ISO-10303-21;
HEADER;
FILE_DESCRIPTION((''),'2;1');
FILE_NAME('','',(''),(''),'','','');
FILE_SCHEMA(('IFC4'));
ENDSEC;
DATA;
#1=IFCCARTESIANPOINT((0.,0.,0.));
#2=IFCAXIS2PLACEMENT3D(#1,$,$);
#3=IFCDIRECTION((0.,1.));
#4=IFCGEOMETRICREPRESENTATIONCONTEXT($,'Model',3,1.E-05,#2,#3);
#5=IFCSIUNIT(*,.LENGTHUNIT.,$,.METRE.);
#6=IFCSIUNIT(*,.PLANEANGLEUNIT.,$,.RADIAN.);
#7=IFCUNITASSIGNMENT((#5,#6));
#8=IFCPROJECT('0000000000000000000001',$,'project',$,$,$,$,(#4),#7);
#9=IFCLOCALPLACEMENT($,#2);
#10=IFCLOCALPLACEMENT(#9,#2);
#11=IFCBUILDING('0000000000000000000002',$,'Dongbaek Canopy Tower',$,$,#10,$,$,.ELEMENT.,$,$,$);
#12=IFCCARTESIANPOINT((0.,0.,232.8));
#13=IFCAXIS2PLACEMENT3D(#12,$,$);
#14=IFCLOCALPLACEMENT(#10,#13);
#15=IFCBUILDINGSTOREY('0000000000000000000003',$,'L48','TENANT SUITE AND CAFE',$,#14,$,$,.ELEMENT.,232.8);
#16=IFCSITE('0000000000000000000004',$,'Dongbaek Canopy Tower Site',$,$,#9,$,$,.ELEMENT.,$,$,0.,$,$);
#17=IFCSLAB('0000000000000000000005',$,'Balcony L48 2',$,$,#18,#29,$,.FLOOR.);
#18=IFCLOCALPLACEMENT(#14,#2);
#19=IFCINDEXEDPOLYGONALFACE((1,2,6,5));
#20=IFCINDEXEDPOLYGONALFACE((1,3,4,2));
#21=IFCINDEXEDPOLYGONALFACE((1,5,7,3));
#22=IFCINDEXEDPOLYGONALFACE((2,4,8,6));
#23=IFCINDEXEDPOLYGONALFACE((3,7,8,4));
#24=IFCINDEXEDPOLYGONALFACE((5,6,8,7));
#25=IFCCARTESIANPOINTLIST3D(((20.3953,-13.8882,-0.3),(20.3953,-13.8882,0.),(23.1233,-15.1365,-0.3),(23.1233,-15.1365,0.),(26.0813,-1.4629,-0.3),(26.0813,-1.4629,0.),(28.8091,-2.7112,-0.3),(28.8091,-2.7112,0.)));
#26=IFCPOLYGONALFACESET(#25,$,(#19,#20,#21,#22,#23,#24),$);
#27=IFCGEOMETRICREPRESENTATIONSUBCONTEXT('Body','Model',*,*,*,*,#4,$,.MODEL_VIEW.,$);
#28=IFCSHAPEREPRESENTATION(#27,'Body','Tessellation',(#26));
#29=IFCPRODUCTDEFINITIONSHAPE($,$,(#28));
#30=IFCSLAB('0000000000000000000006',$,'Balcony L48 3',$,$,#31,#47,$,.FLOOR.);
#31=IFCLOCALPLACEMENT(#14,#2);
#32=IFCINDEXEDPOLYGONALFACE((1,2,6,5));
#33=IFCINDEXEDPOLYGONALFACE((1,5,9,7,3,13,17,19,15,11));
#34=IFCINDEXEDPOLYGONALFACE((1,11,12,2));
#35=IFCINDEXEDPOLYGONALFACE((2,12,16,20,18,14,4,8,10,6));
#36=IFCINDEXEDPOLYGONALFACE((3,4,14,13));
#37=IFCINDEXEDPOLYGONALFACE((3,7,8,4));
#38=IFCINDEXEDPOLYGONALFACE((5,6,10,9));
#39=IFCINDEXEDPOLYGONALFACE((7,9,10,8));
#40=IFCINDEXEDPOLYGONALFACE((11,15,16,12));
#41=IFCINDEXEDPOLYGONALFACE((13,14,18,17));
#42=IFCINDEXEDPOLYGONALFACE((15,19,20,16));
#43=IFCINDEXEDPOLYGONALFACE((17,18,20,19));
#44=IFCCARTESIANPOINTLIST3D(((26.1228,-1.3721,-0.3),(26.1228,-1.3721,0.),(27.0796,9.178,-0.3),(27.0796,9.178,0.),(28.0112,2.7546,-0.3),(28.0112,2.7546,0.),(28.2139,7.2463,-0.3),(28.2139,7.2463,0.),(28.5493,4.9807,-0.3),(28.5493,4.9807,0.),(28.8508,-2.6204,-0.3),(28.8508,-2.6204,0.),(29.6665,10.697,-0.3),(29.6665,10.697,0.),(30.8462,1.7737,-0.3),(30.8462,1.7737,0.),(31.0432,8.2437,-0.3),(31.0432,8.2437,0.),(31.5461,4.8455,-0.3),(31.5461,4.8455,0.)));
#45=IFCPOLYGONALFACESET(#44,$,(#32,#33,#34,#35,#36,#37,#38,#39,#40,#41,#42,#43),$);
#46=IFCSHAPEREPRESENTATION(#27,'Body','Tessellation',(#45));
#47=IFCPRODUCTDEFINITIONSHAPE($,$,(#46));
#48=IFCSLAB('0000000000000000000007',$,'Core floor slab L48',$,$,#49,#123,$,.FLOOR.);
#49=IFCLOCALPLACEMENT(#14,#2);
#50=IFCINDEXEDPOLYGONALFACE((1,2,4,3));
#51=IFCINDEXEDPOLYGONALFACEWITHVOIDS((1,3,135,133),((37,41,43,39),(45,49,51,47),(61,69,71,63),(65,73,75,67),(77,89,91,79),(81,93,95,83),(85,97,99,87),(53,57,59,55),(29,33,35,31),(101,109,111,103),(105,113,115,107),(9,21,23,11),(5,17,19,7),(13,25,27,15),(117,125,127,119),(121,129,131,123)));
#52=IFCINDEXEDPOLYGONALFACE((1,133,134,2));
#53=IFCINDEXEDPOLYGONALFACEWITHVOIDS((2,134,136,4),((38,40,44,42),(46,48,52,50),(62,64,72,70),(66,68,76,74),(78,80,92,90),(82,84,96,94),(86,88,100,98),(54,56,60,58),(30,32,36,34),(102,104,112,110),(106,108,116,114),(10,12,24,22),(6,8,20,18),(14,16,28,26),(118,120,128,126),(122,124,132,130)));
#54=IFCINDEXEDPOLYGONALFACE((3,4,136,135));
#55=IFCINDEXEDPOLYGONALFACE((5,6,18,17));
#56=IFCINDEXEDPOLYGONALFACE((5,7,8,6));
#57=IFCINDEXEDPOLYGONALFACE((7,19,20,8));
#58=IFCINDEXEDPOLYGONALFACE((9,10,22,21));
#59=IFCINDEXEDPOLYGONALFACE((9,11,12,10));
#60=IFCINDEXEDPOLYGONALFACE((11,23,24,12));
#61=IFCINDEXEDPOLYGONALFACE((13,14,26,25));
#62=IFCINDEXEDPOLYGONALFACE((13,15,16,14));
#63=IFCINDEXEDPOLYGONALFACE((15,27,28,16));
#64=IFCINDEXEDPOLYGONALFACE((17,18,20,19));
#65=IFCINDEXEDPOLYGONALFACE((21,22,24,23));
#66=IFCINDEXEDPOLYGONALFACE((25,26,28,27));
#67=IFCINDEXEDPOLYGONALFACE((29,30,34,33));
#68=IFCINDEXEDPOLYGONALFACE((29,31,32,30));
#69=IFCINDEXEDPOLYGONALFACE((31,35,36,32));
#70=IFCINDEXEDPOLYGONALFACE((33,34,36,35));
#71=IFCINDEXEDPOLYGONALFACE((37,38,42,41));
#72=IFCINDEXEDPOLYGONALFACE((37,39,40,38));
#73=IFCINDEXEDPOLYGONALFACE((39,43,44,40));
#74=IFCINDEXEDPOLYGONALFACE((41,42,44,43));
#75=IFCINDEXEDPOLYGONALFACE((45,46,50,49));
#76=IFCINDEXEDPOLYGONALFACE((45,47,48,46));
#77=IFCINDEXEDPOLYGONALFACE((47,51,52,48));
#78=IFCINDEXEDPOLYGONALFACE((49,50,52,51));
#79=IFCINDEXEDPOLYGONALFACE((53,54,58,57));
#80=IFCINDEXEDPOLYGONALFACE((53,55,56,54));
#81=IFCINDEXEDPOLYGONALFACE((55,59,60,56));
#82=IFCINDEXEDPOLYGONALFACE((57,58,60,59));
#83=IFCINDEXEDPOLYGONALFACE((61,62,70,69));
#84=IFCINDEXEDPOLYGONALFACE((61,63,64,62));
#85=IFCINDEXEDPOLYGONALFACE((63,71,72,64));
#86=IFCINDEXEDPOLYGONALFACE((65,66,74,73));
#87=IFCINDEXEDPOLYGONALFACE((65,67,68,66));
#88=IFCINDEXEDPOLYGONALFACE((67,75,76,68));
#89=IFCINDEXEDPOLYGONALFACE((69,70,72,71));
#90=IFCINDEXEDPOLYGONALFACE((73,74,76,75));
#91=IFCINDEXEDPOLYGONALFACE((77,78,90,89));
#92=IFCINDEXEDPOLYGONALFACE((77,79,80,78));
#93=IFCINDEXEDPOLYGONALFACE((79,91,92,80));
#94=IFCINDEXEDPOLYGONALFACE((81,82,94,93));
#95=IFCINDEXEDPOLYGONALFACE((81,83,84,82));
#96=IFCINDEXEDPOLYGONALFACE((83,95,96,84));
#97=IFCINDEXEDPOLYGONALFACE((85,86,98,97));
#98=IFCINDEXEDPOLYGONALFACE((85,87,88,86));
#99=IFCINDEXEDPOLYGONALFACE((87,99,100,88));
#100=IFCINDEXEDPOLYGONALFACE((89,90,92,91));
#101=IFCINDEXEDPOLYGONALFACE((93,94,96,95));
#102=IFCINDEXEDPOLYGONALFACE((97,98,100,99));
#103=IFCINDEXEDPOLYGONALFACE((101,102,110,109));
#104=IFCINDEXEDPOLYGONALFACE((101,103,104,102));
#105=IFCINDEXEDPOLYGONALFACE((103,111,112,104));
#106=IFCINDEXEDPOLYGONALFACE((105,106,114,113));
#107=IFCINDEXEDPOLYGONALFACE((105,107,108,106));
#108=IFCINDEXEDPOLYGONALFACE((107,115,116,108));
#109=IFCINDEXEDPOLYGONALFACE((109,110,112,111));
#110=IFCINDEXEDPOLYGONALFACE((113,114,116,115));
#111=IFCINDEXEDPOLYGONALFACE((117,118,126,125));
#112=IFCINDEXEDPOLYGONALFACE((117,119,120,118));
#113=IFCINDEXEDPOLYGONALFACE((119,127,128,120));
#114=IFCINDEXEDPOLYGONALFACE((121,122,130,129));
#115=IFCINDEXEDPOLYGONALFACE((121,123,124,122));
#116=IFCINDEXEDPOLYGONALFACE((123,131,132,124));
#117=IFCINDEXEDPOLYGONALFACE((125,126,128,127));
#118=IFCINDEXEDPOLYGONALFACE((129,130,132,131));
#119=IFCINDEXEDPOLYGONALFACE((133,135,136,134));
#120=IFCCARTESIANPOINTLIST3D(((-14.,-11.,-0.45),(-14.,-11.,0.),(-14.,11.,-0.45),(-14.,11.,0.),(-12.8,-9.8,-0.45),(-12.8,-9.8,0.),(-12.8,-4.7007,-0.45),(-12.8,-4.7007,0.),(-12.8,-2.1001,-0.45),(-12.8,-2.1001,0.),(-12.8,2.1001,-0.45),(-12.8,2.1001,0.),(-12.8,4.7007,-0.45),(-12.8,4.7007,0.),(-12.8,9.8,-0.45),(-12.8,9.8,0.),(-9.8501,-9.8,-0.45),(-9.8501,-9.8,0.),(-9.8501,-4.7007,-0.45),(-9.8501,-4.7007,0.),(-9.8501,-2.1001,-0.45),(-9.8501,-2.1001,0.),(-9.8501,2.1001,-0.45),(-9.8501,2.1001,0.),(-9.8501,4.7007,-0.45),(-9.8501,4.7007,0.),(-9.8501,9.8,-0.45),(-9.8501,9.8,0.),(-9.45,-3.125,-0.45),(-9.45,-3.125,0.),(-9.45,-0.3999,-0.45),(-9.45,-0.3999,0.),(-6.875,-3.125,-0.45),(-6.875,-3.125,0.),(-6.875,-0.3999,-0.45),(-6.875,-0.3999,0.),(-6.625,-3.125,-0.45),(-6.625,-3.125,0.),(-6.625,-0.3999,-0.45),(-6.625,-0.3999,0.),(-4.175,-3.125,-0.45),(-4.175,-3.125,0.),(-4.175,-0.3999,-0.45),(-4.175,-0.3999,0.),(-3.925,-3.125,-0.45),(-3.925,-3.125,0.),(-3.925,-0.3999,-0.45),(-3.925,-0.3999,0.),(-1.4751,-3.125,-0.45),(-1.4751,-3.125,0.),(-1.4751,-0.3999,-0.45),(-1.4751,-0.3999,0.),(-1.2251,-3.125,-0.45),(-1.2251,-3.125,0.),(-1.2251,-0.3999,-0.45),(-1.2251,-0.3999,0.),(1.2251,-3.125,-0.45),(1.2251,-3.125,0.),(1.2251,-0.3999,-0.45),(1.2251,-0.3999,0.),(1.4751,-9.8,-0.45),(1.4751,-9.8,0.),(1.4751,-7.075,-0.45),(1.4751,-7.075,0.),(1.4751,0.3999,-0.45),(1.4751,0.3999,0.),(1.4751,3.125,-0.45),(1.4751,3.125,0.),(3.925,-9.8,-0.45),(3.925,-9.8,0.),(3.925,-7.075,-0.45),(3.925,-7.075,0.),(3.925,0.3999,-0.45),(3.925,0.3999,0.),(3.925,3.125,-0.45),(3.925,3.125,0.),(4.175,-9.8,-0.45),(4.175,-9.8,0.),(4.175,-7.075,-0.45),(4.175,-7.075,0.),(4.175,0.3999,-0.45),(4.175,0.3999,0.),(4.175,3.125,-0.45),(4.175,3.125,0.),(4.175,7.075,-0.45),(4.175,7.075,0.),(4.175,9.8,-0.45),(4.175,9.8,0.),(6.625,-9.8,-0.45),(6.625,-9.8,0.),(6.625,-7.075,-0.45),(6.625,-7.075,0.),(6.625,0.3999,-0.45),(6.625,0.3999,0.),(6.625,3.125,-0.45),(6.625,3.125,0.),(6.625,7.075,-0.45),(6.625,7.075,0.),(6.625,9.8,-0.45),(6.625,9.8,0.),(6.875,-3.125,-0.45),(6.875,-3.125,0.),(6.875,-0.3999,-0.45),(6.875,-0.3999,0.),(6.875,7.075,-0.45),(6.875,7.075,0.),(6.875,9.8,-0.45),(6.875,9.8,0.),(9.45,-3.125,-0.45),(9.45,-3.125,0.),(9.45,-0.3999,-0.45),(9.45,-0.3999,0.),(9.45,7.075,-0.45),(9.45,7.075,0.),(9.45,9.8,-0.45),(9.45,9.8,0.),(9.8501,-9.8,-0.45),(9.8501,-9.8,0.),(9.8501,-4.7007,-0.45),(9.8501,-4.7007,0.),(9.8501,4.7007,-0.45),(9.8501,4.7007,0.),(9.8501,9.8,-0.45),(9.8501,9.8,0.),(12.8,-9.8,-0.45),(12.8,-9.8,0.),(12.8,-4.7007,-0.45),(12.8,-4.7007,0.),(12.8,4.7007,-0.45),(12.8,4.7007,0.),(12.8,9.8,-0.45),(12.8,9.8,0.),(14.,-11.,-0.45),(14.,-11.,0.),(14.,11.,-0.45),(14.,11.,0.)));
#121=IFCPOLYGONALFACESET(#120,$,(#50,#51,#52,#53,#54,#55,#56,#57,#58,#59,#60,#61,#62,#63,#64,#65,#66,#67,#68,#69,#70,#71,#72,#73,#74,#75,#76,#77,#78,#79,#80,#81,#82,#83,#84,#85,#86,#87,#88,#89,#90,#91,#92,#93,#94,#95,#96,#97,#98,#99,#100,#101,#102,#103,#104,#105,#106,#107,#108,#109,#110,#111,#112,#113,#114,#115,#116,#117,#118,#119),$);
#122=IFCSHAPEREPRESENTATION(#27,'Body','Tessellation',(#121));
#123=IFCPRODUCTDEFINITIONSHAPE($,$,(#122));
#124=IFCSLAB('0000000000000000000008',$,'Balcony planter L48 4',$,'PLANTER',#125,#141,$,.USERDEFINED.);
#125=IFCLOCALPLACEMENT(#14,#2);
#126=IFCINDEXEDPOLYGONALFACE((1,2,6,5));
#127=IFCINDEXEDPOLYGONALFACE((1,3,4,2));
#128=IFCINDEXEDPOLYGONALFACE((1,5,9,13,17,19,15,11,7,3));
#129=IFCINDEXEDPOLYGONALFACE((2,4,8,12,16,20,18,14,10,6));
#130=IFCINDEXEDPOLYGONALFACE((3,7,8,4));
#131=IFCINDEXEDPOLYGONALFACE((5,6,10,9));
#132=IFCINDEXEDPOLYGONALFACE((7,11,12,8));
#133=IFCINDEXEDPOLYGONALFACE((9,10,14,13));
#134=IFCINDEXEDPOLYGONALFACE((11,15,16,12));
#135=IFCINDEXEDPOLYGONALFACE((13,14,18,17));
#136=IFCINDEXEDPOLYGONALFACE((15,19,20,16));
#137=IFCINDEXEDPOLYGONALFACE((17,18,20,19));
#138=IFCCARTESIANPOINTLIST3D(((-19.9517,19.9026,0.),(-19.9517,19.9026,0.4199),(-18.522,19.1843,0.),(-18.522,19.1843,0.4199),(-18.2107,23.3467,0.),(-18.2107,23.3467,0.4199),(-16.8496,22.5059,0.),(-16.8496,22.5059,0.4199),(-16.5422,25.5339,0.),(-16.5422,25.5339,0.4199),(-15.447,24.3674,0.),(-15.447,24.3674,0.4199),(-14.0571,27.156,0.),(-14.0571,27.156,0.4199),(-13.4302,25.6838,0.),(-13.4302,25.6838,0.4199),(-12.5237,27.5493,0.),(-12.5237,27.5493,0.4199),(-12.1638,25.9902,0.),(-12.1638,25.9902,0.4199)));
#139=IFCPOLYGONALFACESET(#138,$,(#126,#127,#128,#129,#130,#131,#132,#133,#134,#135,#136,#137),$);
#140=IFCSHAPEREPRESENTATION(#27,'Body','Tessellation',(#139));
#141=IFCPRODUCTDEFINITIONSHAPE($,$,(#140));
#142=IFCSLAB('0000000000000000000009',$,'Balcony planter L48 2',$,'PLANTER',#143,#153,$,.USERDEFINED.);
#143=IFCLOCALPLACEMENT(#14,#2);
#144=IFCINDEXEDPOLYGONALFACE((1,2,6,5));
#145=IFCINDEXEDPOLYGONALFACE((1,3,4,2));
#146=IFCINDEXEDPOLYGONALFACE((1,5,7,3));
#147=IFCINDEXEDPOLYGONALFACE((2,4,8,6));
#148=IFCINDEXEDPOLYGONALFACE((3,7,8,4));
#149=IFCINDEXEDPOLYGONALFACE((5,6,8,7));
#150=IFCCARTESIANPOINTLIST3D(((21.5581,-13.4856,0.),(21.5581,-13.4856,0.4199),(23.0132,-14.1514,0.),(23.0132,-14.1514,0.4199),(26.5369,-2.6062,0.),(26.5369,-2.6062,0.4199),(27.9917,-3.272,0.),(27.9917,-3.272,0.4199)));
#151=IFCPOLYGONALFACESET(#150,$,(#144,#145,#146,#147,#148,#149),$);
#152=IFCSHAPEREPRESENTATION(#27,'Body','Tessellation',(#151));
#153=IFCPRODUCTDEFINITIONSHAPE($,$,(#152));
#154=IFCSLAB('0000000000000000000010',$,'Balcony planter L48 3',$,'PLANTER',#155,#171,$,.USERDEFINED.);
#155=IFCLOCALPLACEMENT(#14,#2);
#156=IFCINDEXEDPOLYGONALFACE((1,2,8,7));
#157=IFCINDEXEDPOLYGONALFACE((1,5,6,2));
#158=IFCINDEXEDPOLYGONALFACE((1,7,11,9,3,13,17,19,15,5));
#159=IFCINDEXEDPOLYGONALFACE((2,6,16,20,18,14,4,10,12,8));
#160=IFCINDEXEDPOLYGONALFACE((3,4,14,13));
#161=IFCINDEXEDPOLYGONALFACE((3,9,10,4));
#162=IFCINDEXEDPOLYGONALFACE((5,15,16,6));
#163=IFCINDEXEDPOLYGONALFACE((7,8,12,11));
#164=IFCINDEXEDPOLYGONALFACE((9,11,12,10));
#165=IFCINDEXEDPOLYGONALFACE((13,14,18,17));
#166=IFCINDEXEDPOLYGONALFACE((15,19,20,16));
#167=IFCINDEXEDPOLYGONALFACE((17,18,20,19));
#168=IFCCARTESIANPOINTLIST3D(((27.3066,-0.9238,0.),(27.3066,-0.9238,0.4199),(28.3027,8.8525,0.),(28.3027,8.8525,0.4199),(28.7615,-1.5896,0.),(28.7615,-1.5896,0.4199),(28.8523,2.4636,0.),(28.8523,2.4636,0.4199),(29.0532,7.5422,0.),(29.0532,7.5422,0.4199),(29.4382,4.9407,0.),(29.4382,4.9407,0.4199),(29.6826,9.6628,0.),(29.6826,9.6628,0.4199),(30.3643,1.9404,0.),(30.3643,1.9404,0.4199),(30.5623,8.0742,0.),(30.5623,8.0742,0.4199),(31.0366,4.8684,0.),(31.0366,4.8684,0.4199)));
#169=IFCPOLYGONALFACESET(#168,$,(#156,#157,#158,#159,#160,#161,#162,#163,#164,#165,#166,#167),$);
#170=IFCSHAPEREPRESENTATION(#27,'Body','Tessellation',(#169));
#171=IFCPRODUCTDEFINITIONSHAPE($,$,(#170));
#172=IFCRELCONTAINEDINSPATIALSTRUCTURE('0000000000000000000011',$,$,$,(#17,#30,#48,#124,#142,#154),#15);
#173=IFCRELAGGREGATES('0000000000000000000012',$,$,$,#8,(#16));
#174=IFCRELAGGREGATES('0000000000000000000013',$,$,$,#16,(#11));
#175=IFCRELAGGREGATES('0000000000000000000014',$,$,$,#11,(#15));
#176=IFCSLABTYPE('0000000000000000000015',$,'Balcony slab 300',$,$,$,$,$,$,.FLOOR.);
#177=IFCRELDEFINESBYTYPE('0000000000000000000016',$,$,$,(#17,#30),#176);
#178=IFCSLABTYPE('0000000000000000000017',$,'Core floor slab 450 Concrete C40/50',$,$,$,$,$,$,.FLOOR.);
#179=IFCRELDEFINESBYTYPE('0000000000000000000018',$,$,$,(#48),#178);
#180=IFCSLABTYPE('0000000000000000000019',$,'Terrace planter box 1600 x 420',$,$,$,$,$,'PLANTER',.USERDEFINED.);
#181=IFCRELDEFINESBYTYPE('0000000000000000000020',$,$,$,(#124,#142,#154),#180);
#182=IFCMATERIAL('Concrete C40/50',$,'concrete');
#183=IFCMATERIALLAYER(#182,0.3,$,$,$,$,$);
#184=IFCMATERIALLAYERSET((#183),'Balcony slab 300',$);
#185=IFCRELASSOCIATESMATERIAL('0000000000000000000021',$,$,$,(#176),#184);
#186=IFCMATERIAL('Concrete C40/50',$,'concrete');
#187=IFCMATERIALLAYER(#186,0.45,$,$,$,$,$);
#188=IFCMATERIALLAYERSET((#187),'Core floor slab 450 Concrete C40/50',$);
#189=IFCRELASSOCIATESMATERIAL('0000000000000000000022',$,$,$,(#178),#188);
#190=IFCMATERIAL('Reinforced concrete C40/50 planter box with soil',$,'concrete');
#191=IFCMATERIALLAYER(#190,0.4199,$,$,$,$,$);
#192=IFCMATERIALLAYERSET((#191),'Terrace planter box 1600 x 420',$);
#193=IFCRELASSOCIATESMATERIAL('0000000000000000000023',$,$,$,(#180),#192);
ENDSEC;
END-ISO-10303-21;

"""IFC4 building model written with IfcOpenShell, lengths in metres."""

from ifc_helpers import new_model, si_unit, direction, frame, origin, place, context, subcontext, project, spatial, polyline, outline, extrude, material, layer, layer_set, type_object, element, save


model = new_model("IFC4")

# Units and contexts
model_context = context("Model", 3, precision=1e-05, world=origin(), true_north=direction((0.0, 1.0)))
body_context = subcontext(model_context, "Body", "Model", "MODEL_VIEW")
ifc_project = project(units=[si_unit("LENGTHUNIT", "METRE"), si_unit("PLANEANGLEUNIT", "RADIAN")], contexts=[model_context])

# Site, building, storey
site_placement = place(None, origin())
site = spatial("IfcSite", under=ifc_project, at=site_placement, Name="Dongbaek Canopy Tower Site", CompositionType="ELEMENT", RefElevation=0.0)
building_placement = place(site_placement, origin())
building = spatial("IfcBuilding", under=site, at=building_placement, Name="Dongbaek Canopy Tower", CompositionType="ELEMENT")
storey_placement = place(building_placement, frame((0.0, 0.0, 232.8)))
storey = spatial("IfcBuildingStorey", under=building, at=storey_placement, Name="L48", Description="TENANT SUITE AND CAFE", CompositionType="ELEMENT", Elevation=232.8)

# Slabs
ifc_material_1 = material(Name="Concrete C40/50", Category="concrete")
ifc_layer_1 = layer(ifc_material_1, 0.3)
ifc_layer_set_1 = layer_set([ifc_layer_1], Name="Balcony slab 300")
slab_type_1 = type_object("IfcSlabType", Name="Balcony slab 300", PredefinedType="FLOOR", material=ifc_layer_set_1)
slab_1_placement = place(storey_placement, frame((0.0, 0.0, -0.3)))
element("IfcSlab", 1, at=slab_1_placement, inside=storey, type_object=slab_type_1, Name="Balcony L48 2", PredefinedType="FLOOR", context=body_context, shape_type="SweptSolid", body=[
    extrude(outline(polyline([(20.3953, -13.8882), (26.0813, -1.4629), (28.8091, -2.7112), (23.1233, -15.1365), (20.3953, -13.8882)])), origin(), (0.0, 0.0, 1.0), 0.3),
])
slab_2_placement = place(storey_placement, frame((0.0, 0.0, -0.3)))
element("IfcSlab", 2, at=slab_2_placement, inside=storey, type_object=slab_type_1, Name="Balcony L48 3", PredefinedType="FLOOR", context=body_context, shape_type="SweptSolid", body=[
    extrude(outline(polyline([(26.1228, -1.3721), (28.0112, 2.7546), (28.5493, 4.9807), (28.2139, 7.2463), (27.0796, 9.178), (29.6665, 10.697), (31.0432, 8.2437), (31.5461, 4.8455), (30.8462, 1.7737), (28.8508, -2.6204), (26.1228, -1.3721)])), origin(), (0.0, 0.0, 1.0), 0.3),
])
ifc_material_2 = material(Name="Concrete C40/50", Category="concrete")
ifc_layer_2 = layer(ifc_material_2, 0.45)
ifc_layer_set_2 = layer_set([ifc_layer_2], Name="Core floor slab 450 Concrete C40/50")
slab_type_2 = type_object("IfcSlabType", Name="Core floor slab 450 Concrete C40/50", PredefinedType="FLOOR", material=ifc_layer_set_2)
slab_3_placement = place(storey_placement, frame((0.0, 0.0, -0.45)))
element("IfcSlab", 3, at=slab_3_placement, inside=storey, type_object=slab_type_2, Name="Core floor slab L48", PredefinedType="FLOOR", context=body_context, shape_type="SweptSolid", body=[
    extrude(outline(polyline([(14.0, -11.0), (14.0, 11.0), (-14.0, 11.0), (-14.0, -11.0), (14.0, -11.0)]), holes=[polyline([(-12.8, 2.1001), (-9.8501, 2.1001), (-9.8501, -2.1001), (-12.8, -2.1001), (-12.8, 2.1001)]), polyline([(6.625, 9.8), (6.625, 7.075), (4.175, 7.075), (4.175, 9.8), (6.625, 9.8)]), polyline([(9.45, 7.075), (6.875, 7.075), (6.875, 9.8), (9.45, 9.8), (9.45, 7.075)]), polyline([(3.925, 3.125), (3.925, 0.3999), (1.4751, 0.3999), (1.4751, 3.125), (3.925, 3.125)]), polyline([(4.175, 3.125), (6.625, 3.125), (6.625, 0.3999), (4.175, 0.3999), (4.175, 3.125)]), polyline([(-9.45, -0.3999), (-6.875, -0.3999), (-6.875, -3.125), (-9.45, -3.125), (-9.45, -0.3999)]), polyline([(-6.625, -0.3999), (-4.175, -0.3999), (-4.175, -3.125), (-6.625, -3.125), (-6.625, -0.3999)]), polyline([(-3.925, -0.3999), (-1.4751, -0.3999), (-1.4751, -3.125), (-3.925, -3.125), (-3.925, -0.3999)]), polyline([(-1.2251, -0.3999), (1.2251, -0.3999), (1.2251, -3.125), (-1.2251, -3.125), (-1.2251, -0.3999)]), polyline([(9.45, -3.125), (6.875, -3.125), (6.875, -0.3999), (9.45, -0.3999), (9.45, -3.125)]), polyline([(1.4751, -9.8), (1.4751, -7.075), (3.925, -7.075), (3.925, -9.8), (1.4751, -9.8)]), polyline([(4.175, -9.8), (4.175, -7.075), (6.625, -7.075), (6.625, -9.8), (4.175, -9.8)]), polyline([(12.8, 4.7007), (12.8, 9.8), (9.8501, 9.8), (9.8501, 4.7007), (12.8, 4.7007)]), polyline([(-9.8501, 4.7007), (-9.8501, 9.8), (-12.8, 9.8), (-12.8, 4.7007), (-9.8501, 4.7007)]), polyline([(9.8501, -4.7007), (9.8501, -9.8), (12.8, -9.8), (12.8, -4.7007), (9.8501, -4.7007)]), polyline([(-12.8, -4.7007), (-12.8, -9.8), (-9.8501, -9.8), (-9.8501, -4.7007), (-12.8, -4.7007)])]), origin(), (0.0, 0.0, 1.0), 0.45),
])
ifc_material_3 = material(Name="Reinforced concrete C40/50 planter box with soil", Category="concrete")
ifc_layer_3 = layer(ifc_material_3, 0.4199)
ifc_layer_set_3 = layer_set([ifc_layer_3], Name="Terrace planter box 1600 x 420")
slab_type_3 = type_object("IfcSlabType", Name="Terrace planter box 1600 x 420", ElementType="PLANTER", PredefinedType="USERDEFINED", material=ifc_layer_set_3)
slab_4_placement = place(storey_placement, origin())
element("IfcSlab", 4, at=slab_4_placement, inside=storey, type_object=slab_type_3, Name="Balcony planter L48 4", ObjectType="PLANTER", PredefinedType="USERDEFINED", context=body_context, shape_type="SweptSolid", body=[
    extrude(outline(polyline([(-12.1638, 25.9902), (-13.4302, 25.6838), (-15.447, 24.3674), (-16.8496, 22.5059), (-18.522, 19.1843), (-19.9517, 19.9026), (-18.2107, 23.3467), (-16.5422, 25.5339), (-14.0571, 27.156), (-12.5237, 27.5493), (-12.1638, 25.9902)])), origin(), (0.0, 0.0, 1.0), 0.4199),
])
slab_5_placement = place(storey_placement, origin())
element("IfcSlab", 5, at=slab_5_placement, inside=storey, type_object=slab_type_3, Name="Balcony planter L48 2", ObjectType="PLANTER", PredefinedType="USERDEFINED", context=body_context, shape_type="SweptSolid", body=[
    extrude(outline(polyline([(21.5581, -13.4856), (26.5369, -2.6062), (27.9917, -3.272), (23.0132, -14.1514), (21.5581, -13.4856)])), origin(), (0.0, 0.0, 1.0), 0.4199),
])
slab_6_placement = place(storey_placement, origin())
element("IfcSlab", 6, at=slab_6_placement, inside=storey, type_object=slab_type_3, Name="Balcony planter L48 3", ObjectType="PLANTER", PredefinedType="USERDEFINED", context=body_context, shape_type="SweptSolid", body=[
    extrude(outline(polyline([(27.3066, -0.9238), (28.8523, 2.4636), (29.4382, 4.9407), (29.0532, 7.5422), (28.3027, 8.8525), (29.6826, 9.6628), (30.5623, 8.0742), (31.0366, 4.8684), (30.3643, 1.9404), (28.7615, -1.5896), (27.3066, -0.9238)])), origin(), (0.0, 0.0, 1.0), 0.4199),
])

save(model, "model.ifc")
